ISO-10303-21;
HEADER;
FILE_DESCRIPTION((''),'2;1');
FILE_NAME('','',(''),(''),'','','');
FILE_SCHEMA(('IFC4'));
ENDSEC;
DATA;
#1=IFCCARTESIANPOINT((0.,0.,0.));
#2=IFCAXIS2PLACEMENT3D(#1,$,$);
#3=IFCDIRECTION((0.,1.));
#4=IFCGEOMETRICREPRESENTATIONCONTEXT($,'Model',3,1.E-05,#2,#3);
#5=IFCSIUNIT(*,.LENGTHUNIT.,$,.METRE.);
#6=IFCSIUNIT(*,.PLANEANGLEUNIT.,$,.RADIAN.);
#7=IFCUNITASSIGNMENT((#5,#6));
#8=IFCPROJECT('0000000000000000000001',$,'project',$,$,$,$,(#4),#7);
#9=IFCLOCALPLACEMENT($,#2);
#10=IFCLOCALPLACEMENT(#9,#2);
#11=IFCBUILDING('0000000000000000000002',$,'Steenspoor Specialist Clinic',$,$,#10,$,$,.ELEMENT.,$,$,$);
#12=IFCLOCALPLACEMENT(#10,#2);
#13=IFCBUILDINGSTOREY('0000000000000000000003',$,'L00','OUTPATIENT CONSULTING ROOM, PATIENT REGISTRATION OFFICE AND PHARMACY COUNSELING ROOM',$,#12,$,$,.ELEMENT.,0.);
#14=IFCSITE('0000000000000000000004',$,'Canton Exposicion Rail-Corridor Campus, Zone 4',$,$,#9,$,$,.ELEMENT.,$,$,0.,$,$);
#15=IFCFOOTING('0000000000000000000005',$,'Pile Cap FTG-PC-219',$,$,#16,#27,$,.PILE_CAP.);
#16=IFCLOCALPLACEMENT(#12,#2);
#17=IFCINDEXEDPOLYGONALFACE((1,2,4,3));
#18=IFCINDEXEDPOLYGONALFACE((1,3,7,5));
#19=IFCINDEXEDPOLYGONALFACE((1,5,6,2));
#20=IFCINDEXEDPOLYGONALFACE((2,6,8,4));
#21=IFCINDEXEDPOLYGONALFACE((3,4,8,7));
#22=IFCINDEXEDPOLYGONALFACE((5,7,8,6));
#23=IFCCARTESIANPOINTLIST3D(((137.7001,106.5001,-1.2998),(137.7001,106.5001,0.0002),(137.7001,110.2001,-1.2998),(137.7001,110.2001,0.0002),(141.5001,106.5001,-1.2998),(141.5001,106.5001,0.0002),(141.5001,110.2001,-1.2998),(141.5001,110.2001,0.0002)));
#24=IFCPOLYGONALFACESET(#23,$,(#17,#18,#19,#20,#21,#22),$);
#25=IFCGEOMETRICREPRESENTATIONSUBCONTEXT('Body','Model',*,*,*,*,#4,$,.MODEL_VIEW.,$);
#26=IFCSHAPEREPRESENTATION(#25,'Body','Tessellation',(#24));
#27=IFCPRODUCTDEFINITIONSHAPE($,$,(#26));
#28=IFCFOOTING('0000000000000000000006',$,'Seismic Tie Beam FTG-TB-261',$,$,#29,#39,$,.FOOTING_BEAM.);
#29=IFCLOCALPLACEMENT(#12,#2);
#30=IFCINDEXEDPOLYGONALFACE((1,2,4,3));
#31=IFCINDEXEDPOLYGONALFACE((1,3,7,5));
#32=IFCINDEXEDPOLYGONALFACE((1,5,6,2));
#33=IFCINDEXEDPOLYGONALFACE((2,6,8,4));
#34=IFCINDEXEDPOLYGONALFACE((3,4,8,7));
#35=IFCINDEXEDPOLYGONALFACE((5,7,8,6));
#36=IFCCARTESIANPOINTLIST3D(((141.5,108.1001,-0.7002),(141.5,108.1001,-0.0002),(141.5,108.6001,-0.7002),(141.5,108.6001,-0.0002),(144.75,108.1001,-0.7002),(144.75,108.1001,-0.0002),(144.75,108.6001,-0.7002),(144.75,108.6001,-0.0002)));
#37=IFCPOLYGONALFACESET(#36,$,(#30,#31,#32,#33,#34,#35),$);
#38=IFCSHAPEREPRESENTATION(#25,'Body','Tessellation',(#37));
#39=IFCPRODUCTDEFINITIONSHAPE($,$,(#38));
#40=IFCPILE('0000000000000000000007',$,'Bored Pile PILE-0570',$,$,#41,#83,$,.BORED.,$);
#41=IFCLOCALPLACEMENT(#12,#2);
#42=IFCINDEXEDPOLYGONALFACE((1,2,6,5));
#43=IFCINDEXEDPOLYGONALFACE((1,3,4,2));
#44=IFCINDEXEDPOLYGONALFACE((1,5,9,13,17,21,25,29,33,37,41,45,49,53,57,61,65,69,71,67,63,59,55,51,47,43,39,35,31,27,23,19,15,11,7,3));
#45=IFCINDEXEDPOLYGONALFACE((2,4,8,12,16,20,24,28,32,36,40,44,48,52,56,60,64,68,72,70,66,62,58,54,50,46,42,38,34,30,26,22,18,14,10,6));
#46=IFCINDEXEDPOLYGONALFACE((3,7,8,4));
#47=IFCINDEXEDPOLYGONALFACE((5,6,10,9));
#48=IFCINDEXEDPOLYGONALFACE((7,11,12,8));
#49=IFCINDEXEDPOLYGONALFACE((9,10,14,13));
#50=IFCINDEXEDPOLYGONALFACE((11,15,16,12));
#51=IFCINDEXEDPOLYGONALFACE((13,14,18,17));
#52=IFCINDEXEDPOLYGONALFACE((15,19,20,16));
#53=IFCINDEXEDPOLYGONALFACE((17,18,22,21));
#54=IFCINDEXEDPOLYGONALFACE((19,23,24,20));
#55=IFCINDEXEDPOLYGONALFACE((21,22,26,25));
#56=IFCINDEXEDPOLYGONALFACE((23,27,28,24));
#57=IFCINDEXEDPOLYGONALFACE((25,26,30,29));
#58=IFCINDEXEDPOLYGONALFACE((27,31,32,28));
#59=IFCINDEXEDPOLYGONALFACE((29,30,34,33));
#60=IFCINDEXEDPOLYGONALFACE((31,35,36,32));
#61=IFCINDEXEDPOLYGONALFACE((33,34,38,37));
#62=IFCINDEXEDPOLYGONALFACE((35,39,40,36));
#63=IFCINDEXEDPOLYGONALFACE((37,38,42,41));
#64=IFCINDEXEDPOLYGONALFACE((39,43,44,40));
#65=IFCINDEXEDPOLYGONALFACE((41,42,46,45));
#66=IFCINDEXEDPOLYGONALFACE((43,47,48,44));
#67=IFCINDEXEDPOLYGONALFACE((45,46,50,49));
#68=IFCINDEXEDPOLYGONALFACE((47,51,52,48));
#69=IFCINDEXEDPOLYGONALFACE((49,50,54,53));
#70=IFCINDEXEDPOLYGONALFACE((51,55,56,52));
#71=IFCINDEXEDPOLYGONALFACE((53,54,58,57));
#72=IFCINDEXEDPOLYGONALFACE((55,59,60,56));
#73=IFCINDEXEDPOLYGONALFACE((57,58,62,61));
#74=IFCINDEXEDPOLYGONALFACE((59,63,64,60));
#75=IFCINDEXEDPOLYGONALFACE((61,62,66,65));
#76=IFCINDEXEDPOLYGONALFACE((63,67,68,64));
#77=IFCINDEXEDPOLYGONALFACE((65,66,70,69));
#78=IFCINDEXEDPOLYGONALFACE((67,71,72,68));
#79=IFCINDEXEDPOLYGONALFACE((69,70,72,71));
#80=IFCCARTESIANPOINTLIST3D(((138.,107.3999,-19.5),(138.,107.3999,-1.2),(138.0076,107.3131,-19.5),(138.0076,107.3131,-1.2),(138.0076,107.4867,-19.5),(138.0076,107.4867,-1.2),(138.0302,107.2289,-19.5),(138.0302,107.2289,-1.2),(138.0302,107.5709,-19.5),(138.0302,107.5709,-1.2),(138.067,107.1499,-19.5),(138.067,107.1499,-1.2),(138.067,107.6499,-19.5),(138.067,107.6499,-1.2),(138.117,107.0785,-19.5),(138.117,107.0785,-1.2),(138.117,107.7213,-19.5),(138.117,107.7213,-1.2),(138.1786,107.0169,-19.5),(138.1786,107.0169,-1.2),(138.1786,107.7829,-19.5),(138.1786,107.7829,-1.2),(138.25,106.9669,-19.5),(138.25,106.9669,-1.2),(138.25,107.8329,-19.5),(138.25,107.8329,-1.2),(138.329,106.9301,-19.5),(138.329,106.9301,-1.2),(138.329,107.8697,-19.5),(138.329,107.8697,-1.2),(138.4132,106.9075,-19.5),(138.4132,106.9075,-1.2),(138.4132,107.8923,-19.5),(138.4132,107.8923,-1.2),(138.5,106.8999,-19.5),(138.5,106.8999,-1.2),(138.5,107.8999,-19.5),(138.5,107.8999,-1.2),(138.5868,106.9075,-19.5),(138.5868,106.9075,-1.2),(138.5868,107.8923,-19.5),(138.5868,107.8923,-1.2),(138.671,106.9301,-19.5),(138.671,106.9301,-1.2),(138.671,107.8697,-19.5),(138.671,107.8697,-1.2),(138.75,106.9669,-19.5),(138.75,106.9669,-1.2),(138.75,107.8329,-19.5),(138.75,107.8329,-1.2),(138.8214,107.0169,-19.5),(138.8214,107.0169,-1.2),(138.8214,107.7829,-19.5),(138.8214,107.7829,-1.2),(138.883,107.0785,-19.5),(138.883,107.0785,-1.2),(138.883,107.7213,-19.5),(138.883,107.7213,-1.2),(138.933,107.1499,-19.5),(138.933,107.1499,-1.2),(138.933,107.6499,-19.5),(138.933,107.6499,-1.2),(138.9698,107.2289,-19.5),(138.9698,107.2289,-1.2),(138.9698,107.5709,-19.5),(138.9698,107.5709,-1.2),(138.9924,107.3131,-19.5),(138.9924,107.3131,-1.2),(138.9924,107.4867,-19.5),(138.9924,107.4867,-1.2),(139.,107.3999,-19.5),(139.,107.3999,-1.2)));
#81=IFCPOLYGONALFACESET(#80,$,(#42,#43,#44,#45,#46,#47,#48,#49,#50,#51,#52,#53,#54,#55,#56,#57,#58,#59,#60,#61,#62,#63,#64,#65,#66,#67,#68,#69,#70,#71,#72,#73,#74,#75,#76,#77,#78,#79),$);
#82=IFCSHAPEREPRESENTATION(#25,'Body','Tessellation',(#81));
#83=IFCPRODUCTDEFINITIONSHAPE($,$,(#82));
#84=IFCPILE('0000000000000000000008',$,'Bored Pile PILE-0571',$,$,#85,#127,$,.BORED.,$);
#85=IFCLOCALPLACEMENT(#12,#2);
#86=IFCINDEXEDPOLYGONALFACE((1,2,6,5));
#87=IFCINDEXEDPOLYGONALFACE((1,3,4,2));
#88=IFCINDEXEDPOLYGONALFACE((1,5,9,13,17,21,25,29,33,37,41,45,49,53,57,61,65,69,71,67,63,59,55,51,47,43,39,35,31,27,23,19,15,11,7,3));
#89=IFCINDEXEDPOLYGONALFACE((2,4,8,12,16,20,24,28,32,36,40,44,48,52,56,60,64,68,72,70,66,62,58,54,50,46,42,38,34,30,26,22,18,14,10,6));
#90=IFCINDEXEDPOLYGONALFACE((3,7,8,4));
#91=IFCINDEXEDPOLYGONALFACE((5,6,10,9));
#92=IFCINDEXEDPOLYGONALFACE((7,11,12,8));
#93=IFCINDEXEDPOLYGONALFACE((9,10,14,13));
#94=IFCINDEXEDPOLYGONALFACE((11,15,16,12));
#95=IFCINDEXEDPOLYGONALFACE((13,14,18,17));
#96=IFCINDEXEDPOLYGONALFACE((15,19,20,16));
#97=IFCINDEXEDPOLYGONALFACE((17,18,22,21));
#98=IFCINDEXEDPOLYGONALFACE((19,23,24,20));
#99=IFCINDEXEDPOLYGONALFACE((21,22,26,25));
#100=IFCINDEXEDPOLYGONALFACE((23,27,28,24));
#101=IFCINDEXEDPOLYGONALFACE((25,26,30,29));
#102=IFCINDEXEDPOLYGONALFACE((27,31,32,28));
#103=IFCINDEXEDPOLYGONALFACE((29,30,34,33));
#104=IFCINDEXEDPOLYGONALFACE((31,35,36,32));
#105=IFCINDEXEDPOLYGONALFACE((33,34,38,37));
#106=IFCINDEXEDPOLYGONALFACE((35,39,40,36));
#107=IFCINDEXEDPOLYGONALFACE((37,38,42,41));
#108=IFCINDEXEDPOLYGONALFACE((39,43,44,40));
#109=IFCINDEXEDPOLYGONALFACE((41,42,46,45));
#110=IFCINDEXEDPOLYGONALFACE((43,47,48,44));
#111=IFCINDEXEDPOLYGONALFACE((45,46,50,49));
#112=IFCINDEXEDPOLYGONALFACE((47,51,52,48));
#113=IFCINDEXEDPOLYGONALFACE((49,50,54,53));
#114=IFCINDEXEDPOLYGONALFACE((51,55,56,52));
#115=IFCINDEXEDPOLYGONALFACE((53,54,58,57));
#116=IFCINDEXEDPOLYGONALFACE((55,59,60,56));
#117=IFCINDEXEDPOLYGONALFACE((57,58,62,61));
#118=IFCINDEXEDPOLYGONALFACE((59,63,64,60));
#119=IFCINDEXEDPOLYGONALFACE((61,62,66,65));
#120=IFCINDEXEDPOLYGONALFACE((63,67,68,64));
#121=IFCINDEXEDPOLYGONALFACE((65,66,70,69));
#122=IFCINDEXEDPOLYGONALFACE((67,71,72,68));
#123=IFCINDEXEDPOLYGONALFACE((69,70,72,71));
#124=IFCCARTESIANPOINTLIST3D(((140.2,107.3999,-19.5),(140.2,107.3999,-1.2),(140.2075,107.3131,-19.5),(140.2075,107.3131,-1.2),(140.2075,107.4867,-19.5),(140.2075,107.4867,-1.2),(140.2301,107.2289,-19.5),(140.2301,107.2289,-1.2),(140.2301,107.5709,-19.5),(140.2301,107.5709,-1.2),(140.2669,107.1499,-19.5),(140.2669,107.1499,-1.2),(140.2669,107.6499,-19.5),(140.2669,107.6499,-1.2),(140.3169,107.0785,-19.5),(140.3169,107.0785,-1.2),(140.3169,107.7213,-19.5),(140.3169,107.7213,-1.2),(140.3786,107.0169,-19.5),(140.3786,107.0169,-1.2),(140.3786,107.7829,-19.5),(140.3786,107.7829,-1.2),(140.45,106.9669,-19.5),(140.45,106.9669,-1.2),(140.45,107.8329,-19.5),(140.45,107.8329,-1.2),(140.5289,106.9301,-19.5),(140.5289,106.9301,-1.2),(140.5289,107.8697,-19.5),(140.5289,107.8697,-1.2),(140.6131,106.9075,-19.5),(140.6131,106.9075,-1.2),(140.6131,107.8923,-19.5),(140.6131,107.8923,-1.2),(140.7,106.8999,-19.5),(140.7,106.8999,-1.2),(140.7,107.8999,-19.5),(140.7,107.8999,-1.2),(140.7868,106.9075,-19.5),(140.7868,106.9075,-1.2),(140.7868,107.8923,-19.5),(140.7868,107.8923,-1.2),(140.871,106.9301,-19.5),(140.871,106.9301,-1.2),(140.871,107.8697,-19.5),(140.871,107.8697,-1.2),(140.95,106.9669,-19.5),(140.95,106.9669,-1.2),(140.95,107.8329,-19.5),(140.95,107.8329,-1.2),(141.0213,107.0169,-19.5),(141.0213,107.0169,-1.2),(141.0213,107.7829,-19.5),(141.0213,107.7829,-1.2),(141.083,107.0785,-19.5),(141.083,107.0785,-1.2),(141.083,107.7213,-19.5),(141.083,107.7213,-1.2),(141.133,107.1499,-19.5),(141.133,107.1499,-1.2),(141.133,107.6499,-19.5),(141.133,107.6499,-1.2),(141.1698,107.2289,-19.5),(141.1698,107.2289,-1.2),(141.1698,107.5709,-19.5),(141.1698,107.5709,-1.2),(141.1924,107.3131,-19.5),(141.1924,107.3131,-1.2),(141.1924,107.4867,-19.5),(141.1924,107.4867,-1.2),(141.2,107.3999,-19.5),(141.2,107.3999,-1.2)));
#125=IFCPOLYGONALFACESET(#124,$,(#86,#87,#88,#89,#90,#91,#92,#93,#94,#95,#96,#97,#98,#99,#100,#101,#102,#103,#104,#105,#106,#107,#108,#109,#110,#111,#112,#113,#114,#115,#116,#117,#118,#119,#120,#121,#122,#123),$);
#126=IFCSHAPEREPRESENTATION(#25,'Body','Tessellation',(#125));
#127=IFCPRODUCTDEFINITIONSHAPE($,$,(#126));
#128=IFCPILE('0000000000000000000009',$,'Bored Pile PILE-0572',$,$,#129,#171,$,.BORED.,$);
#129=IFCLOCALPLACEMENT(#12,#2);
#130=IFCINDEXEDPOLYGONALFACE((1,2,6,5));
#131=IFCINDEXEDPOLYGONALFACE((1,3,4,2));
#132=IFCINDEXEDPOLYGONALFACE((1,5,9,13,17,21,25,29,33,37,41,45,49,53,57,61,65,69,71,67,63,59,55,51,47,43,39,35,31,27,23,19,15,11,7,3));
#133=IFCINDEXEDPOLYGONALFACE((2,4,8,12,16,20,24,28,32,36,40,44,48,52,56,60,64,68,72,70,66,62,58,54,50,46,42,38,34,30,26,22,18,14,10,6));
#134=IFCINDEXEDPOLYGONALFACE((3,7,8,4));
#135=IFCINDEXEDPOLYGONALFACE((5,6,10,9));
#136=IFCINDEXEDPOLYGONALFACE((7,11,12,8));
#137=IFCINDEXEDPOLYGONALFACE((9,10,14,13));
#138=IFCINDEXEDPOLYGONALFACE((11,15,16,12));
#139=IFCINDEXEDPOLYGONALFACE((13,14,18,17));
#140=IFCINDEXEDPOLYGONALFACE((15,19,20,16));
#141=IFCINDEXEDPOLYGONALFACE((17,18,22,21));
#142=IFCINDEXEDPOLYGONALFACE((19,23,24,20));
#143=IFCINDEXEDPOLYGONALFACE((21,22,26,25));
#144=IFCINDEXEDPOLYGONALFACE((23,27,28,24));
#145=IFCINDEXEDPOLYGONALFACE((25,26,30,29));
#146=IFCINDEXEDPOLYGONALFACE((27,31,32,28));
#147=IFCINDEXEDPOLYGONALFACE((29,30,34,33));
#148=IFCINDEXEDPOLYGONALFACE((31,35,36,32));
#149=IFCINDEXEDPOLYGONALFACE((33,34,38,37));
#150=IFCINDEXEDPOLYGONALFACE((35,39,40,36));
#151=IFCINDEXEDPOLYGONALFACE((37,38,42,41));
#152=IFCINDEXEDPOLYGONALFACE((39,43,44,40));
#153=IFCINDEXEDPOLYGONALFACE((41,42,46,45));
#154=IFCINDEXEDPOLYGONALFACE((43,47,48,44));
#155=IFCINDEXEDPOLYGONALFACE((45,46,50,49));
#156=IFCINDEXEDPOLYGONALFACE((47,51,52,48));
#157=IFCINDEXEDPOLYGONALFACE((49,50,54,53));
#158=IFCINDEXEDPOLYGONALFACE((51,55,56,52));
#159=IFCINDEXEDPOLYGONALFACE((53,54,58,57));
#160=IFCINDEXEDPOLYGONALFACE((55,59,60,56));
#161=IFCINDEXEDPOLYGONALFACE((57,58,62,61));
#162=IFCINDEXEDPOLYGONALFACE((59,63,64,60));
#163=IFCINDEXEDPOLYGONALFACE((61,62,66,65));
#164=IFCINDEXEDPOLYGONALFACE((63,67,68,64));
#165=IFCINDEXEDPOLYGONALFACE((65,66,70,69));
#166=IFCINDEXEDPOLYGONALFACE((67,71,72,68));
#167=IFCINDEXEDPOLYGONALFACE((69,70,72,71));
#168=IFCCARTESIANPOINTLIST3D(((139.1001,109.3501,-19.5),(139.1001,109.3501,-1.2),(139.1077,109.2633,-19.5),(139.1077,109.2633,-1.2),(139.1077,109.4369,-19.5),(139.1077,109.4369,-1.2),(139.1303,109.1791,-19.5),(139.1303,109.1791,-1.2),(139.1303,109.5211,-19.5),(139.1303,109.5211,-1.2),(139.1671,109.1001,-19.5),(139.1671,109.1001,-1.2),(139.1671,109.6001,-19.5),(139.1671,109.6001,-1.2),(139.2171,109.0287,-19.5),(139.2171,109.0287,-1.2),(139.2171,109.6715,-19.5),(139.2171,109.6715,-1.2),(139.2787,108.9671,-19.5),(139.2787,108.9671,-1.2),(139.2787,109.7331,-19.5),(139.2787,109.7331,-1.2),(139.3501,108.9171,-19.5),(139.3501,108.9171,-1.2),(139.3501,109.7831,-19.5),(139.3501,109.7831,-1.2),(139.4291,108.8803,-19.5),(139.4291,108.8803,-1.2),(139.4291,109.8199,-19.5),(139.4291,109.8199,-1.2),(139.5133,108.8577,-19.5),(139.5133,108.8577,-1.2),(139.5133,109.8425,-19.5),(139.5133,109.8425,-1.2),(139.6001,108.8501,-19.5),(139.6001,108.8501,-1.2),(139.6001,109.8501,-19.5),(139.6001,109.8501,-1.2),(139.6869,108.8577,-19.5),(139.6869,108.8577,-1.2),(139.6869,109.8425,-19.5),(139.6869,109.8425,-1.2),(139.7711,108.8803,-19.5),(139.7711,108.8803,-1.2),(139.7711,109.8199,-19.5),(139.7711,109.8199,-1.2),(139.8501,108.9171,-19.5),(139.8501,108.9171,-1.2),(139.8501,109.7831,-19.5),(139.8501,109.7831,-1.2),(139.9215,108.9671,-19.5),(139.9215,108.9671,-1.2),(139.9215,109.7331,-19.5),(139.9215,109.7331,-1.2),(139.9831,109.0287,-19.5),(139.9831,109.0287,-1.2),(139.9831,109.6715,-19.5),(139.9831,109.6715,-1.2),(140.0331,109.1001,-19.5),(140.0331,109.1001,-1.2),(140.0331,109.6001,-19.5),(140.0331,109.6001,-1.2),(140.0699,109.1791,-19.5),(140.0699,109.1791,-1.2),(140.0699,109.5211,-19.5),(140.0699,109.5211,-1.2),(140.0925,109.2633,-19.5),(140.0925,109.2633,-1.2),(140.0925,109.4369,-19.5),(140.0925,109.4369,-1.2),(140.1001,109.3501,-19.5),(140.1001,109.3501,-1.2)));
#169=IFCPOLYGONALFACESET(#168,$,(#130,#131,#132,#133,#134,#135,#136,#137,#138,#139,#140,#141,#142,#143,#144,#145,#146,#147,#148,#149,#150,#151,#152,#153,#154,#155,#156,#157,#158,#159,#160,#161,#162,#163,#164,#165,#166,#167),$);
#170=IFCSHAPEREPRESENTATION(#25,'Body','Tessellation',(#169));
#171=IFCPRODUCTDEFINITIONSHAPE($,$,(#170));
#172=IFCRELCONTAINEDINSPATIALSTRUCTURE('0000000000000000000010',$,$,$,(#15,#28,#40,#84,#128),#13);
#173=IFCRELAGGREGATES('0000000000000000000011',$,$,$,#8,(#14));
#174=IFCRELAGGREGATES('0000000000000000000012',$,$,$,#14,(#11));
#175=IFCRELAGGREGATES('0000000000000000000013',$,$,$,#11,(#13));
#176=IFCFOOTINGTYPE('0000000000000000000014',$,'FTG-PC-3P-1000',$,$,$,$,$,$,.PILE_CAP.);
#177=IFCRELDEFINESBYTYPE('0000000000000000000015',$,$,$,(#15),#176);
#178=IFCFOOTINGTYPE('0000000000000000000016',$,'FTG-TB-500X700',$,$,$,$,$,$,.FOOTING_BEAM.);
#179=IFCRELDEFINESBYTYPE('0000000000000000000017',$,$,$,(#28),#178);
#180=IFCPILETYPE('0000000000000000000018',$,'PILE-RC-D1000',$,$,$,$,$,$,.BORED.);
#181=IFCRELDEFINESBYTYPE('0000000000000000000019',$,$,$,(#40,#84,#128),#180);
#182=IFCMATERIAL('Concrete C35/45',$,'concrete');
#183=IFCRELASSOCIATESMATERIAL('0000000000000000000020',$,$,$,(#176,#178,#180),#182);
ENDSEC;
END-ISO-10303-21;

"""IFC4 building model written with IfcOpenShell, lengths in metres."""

from ifc_helpers import new_model, si_unit, direction, frame, origin, origin_2d, place, context, subcontext, project, spatial, rectangle, circle, extrude, material, material_profile, profile_set, type_object, element, save


model = new_model("IFC4")

# Units and contexts
model_context = context("Model", 3, precision=1e-05, world=origin(), true_north=direction((0.0, 1.0)))
body_context = subcontext(model_context, "Body", "Model", "MODEL_VIEW")
ifc_project = project(units=[si_unit("LENGTHUNIT", "METRE"), si_unit("PLANEANGLEUNIT", "RADIAN")], contexts=[model_context])

# Site, building, storey
site_placement = place(None, origin())
site = spatial("IfcSite", under=ifc_project, at=site_placement, Name="Canton Exposicion Rail-Corridor Campus, Zone 4", CompositionType="ELEMENT", RefElevation=0.0)
building_placement = place(site_placement, origin())
building = spatial("IfcBuilding", under=site, at=building_placement, Name="Steenspoor Specialist Clinic", CompositionType="ELEMENT")
storey_placement = place(building_placement, origin())
storey = spatial("IfcBuildingStorey", under=building, at=storey_placement, Name="L00", Description="OUTPATIENT CONSULTING ROOM, PATIENT REGISTRATION OFFICE AND PHARMACY COUNSELING ROOM", CompositionType="ELEMENT", Elevation=0.0)

# Footings
ifc_material_1 = material(Name="Concrete C35/45", Category="concrete")
footing_type_1 = type_object("IfcFootingType", Name="FTG-PC-3P-1000", PredefinedType="PILE_CAP", material=ifc_material_1)
footing_1_placement = place(storey_placement, frame((139.6001, 108.3501, -1.2998), z_axis=(0.0, 0.0, 1.0), x_axis=(1.0, 0.0, 0.0)))
element("IfcFooting", 1, at=footing_1_placement, inside=storey, type_object=footing_type_1, Name="Pile Cap FTG-PC-219", PredefinedType="PILE_CAP", context=body_context, shape_type="SweptSolid", body=[
    extrude(rectangle(XDim=3.8, YDim=3.7, at=origin_2d()), origin(), (0.0, 0.0, 1.0), 1.3),
])
footing_type_2 = type_object("IfcFootingType", Name="FTG-TB-500X700", PredefinedType="FOOTING_BEAM", material=ifc_material_1)
footing_2_placement = place(storey_placement, frame((143.125, 108.3501, -0.7002), z_axis=(0.0, 0.0, 1.0), x_axis=(1.0, 0.0, 0.0)))
element("IfcFooting", 2, at=footing_2_placement, inside=storey, type_object=footing_type_2, Name="Seismic Tie Beam FTG-TB-261", PredefinedType="FOOTING_BEAM", context=body_context, shape_type="SweptSolid", body=[
    extrude(rectangle(XDim=3.25, YDim=0.5, at=origin_2d()), origin(), (0.0, 0.0, 1.0), 0.7),
])

# Piles
ifc_material_profile_1 = material_profile(ifc_material_1, circle(Radius=0.5, at=origin_2d()), Name="PILE-D1000")
ifc_profile_set_1 = profile_set([ifc_material_profile_1], Name="Concrete C35/45")
pile_type = type_object("IfcPileType", Name="PILE-RC-D1000", PredefinedType="BORED", material=ifc_profile_set_1)
for number, where, z_axis, x_axis, name in (
    (3, (138.5, 107.3999, -1.2), (0.0, 0.0, -1.0), (1.0, 0.0, 0.0), "Bored Pile PILE-0570"),
    (4, (140.7, 107.3999, -1.2), (0.0, 0.0, -1.0), (1.0, 0.0, 0.0), "Bored Pile PILE-0571"),
    (5, (139.6001, 109.3501, -1.2), (0.0, 0.0, -1.0), (1.0, 0.0, 0.0), "Bored Pile PILE-0572"),
):
    element("IfcPile", number, at=place(storey_placement, frame(where, z_axis=z_axis, x_axis=x_axis)), inside=storey, type_object=pile_type, Name=name, PredefinedType="BORED", context=body_context, shape_type="SweptSolid", body=[
        extrude(circle(Radius=0.5, at=origin_2d()), origin(), (0.0, 0.0, 1.0), 18.3),
    ])

save(model, "model.ifc")
